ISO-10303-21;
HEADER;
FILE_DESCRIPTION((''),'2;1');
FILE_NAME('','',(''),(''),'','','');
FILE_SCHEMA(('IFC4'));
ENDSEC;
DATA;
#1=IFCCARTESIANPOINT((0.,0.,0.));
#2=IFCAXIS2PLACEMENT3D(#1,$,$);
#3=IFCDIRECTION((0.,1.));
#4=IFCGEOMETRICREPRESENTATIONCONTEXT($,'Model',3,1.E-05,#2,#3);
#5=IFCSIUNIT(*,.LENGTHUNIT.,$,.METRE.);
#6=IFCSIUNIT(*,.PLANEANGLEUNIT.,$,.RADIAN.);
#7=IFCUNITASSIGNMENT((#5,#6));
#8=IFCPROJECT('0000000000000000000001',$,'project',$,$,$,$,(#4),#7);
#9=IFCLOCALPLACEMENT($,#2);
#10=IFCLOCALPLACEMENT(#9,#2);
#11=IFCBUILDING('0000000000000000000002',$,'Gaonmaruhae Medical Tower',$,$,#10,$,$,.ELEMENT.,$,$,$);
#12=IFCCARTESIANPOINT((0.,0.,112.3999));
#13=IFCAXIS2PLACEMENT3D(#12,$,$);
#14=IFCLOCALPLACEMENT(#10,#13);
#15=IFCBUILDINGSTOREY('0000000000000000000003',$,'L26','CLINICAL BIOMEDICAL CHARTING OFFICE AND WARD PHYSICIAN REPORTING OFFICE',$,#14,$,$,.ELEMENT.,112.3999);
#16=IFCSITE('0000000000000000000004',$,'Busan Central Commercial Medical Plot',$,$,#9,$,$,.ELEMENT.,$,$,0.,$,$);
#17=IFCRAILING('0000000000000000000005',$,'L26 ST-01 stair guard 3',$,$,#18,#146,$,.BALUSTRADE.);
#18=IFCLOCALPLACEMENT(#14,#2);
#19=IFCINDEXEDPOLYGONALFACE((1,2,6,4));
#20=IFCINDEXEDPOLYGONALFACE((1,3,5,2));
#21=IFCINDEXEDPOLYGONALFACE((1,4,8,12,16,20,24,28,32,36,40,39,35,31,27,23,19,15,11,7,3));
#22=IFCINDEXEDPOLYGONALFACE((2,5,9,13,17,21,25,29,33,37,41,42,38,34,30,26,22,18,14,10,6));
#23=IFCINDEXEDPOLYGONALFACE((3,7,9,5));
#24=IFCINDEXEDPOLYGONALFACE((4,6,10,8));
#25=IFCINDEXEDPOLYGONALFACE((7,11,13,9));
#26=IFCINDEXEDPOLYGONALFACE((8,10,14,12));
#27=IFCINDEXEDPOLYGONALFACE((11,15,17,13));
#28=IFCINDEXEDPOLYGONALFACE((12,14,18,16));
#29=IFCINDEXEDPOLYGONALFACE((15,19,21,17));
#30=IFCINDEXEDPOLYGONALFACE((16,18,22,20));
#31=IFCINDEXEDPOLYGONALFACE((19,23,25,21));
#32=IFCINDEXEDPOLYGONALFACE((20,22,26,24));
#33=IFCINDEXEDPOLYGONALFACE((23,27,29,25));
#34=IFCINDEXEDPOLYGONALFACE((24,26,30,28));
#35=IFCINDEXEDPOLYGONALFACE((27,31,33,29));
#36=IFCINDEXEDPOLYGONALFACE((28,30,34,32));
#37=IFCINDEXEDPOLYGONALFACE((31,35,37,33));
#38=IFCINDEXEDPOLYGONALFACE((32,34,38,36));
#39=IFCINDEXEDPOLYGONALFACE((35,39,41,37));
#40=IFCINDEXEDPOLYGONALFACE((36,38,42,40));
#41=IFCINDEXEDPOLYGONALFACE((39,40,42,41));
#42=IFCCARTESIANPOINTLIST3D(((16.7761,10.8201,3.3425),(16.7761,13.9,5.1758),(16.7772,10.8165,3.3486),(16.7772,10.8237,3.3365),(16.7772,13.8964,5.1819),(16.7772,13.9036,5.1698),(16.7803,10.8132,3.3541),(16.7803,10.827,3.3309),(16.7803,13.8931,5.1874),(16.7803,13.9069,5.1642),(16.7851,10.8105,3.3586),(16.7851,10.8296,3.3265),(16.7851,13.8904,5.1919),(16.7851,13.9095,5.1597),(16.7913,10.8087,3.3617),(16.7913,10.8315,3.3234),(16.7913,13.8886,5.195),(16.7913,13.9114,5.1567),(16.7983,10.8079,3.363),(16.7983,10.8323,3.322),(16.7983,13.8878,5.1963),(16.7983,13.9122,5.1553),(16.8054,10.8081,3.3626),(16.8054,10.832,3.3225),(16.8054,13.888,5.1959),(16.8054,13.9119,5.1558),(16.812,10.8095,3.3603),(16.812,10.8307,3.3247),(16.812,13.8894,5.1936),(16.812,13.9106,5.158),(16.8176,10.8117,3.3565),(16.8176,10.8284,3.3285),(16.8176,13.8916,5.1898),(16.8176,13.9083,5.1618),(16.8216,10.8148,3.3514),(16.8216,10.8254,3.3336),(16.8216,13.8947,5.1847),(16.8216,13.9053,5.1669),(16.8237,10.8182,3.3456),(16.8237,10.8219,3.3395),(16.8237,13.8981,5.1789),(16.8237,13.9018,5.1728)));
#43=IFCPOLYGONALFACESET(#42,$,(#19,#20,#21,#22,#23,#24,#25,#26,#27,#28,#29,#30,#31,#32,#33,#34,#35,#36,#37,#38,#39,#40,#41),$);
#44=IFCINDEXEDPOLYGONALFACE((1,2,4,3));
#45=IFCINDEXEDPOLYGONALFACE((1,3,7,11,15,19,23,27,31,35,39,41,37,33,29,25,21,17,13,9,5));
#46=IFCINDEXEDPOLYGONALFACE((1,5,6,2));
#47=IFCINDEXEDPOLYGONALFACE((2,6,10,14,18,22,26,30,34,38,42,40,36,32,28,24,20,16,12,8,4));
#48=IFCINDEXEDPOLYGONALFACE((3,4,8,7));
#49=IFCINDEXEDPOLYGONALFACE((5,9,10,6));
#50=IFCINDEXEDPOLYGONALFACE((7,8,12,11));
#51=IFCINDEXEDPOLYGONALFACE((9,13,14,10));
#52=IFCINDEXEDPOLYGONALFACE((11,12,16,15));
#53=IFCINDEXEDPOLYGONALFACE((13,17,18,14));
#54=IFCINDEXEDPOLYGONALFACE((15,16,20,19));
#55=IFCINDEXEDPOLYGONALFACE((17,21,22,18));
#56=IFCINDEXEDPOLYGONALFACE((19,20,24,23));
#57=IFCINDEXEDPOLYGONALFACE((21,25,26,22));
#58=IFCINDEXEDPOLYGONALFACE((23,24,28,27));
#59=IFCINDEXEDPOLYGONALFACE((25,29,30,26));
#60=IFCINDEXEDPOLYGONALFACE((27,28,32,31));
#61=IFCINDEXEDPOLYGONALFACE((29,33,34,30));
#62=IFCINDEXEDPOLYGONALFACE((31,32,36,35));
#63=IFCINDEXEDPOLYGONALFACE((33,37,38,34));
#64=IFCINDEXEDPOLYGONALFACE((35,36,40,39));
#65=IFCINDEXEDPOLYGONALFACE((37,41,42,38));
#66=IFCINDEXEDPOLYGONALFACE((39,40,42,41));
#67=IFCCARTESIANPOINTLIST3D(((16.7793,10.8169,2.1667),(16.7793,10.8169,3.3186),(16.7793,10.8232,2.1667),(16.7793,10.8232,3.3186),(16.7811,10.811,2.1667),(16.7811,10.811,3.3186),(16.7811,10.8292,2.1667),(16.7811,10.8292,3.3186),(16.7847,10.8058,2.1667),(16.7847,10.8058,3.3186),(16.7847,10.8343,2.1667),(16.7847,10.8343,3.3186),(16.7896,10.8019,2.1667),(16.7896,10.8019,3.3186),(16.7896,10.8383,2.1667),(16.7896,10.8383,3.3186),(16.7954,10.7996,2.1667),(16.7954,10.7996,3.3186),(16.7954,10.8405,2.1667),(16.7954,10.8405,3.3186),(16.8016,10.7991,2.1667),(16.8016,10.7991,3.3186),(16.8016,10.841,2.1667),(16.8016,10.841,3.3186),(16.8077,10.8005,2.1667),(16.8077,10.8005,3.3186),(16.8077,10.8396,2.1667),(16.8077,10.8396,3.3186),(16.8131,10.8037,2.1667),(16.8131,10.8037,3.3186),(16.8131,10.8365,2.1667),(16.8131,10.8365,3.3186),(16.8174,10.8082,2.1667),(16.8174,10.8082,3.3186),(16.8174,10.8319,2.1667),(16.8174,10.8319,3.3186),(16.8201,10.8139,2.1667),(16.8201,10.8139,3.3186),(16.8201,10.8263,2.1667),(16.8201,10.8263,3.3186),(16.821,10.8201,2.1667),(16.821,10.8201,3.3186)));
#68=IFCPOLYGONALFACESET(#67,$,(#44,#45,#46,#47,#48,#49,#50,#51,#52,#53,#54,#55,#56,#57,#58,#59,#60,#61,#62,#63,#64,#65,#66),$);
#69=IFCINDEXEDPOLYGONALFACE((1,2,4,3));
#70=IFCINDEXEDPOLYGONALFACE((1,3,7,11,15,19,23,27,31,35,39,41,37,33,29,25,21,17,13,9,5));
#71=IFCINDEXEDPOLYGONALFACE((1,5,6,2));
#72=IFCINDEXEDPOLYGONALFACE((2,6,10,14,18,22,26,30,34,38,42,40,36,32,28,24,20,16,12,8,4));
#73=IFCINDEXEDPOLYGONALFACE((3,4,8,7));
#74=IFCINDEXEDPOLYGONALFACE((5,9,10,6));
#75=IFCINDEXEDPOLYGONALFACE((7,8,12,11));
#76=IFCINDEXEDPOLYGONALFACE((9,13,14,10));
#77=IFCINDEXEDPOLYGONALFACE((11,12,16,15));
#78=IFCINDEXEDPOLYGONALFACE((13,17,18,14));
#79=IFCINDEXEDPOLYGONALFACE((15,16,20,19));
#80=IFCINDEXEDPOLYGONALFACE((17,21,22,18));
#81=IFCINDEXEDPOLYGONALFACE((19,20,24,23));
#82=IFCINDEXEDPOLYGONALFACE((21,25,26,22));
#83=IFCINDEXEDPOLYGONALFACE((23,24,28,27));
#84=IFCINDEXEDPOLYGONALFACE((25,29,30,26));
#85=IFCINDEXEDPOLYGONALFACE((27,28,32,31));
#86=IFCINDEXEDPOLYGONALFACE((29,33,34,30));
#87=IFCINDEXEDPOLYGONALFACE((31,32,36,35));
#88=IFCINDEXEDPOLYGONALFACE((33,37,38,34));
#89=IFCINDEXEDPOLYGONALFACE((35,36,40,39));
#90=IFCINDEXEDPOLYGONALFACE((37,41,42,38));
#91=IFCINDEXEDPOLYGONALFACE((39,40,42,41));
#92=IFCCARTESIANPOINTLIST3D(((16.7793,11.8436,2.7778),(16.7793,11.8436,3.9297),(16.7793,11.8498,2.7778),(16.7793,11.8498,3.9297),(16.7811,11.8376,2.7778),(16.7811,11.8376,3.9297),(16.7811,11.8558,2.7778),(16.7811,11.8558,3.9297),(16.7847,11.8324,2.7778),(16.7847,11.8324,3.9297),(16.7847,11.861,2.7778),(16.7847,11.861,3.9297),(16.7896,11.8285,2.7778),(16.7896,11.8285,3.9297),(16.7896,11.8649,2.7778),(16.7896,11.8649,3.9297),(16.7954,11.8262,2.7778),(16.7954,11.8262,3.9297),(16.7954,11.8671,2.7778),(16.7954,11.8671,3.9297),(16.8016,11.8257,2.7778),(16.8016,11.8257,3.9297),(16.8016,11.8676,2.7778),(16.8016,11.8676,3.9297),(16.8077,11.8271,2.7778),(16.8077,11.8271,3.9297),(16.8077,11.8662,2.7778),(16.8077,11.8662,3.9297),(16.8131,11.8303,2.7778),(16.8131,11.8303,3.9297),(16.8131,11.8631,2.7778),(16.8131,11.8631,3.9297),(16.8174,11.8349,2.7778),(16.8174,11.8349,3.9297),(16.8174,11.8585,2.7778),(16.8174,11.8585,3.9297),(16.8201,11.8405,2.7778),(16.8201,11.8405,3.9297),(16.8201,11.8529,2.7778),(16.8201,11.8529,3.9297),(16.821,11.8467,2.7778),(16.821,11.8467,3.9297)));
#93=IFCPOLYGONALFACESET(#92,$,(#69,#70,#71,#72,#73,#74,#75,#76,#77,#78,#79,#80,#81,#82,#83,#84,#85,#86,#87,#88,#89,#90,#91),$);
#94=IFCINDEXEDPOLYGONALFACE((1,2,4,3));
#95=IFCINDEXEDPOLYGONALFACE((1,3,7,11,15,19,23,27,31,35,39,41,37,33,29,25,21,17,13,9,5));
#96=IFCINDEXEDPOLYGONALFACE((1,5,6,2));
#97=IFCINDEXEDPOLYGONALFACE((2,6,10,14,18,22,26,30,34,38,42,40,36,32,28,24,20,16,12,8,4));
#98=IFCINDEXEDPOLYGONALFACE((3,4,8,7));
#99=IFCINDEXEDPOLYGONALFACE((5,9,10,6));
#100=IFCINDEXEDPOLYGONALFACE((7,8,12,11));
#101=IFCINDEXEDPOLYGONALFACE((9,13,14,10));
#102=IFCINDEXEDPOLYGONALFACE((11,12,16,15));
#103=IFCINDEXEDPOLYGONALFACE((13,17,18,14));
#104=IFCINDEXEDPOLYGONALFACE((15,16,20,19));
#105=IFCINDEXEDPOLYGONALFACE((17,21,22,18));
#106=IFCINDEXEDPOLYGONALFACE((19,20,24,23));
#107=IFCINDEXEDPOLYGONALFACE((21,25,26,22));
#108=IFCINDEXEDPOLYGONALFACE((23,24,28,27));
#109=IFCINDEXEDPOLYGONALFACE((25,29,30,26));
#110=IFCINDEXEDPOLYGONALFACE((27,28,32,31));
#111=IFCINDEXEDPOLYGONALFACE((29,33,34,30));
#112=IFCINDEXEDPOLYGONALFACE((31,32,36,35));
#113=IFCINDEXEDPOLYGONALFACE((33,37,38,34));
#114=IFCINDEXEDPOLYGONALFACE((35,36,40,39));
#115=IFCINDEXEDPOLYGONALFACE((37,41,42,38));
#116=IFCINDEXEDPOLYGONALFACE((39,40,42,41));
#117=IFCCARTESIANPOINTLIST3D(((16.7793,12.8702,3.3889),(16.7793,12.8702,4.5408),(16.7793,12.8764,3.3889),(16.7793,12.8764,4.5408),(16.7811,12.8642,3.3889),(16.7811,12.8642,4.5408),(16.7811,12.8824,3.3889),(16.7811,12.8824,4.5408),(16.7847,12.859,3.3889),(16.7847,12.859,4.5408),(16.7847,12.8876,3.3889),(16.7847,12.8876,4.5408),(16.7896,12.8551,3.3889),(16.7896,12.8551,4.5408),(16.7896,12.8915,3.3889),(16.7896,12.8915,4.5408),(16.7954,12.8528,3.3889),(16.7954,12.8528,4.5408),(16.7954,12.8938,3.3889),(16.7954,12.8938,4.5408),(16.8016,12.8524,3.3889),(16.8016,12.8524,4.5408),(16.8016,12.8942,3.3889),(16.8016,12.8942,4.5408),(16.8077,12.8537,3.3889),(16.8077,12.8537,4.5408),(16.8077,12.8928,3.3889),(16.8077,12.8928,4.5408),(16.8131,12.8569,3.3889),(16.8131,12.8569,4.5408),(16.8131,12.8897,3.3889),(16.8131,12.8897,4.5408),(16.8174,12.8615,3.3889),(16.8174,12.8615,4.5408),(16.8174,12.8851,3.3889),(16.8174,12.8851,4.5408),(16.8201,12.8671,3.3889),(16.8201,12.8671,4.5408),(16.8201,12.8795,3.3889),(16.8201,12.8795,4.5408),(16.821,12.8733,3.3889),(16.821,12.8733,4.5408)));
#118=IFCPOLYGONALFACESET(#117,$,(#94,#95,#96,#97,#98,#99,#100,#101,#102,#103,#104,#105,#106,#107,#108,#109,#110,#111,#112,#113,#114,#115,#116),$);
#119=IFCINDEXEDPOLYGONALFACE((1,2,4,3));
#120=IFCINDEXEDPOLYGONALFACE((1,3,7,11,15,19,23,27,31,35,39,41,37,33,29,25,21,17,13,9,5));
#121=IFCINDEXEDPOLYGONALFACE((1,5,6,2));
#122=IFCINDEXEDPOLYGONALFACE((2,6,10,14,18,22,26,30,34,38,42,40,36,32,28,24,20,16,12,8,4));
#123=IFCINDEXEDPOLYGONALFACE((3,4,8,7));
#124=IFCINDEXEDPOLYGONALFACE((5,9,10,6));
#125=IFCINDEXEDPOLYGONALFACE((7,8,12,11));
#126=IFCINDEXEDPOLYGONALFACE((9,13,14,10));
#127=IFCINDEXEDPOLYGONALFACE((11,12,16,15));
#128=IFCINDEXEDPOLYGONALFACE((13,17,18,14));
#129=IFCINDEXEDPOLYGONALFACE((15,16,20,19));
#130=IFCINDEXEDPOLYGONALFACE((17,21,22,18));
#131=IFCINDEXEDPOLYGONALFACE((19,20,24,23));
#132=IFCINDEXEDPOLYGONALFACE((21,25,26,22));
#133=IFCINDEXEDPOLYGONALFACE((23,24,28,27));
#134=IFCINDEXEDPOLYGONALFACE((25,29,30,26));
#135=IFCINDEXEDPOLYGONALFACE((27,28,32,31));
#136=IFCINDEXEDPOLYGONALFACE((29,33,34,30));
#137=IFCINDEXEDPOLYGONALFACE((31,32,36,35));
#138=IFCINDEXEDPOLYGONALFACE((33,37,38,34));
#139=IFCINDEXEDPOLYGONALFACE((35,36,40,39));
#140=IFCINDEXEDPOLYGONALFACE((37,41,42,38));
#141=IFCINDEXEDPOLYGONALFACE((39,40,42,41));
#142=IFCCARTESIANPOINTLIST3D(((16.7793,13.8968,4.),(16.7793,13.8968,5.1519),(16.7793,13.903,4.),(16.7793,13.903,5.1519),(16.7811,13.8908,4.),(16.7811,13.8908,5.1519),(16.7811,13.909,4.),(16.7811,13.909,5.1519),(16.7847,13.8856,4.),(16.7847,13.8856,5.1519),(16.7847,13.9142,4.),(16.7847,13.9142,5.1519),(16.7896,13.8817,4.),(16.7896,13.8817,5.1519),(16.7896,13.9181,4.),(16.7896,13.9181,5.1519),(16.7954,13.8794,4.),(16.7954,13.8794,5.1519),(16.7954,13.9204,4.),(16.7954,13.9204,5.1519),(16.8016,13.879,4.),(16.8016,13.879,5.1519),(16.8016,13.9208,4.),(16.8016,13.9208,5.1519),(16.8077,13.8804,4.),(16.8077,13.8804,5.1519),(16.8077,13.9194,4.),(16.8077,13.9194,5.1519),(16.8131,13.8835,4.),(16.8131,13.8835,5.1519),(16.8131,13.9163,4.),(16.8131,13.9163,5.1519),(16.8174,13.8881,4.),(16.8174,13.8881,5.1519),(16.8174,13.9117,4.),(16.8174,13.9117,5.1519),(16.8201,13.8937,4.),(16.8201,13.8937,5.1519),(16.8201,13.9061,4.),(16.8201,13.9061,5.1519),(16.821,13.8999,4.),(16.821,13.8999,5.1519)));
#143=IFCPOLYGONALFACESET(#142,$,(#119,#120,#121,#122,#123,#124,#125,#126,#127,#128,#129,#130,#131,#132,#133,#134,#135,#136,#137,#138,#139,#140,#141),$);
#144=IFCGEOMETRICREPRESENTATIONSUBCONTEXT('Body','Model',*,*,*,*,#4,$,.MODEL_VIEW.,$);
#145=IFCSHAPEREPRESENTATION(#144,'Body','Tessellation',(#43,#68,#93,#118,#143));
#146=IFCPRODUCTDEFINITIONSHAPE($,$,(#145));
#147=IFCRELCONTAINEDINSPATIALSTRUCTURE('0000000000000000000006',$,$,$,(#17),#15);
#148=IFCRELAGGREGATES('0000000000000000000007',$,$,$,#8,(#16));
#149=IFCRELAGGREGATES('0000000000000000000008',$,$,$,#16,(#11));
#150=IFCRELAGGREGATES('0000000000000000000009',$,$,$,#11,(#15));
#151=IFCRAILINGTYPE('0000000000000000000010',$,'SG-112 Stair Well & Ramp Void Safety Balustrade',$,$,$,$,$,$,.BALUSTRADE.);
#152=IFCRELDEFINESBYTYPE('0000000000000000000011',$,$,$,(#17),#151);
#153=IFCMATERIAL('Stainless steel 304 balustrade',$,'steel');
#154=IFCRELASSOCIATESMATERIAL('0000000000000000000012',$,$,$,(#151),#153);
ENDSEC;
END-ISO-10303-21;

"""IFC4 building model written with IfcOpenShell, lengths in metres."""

from ifc_helpers import new_model, si_unit, direction, frame, origin, origin_2d, place, context, subcontext, project, spatial, circle, extrude, material, type_object, element, save


model = new_model("IFC4")

# Units and contexts
model_context = context("Model", 3, precision=1e-05, world=origin(), true_north=direction((0.0, 1.0)))
body_context = subcontext(model_context, "Body", "Model", "MODEL_VIEW")
ifc_project = project(units=[si_unit("LENGTHUNIT", "METRE"), si_unit("PLANEANGLEUNIT", "RADIAN")], contexts=[model_context])

# Site, building, storey
site_placement = place(None, origin())
site = spatial("IfcSite", under=ifc_project, at=site_placement, Name="Busan Central Commercial Medical Plot", CompositionType="ELEMENT", RefElevation=0.0)
building_placement = place(site_placement, origin())
building = spatial("IfcBuilding", under=site, at=building_placement, Name="Gaonmaruhae Medical Tower", CompositionType="ELEMENT")
storey_placement = place(building_placement, frame((0.0, 0.0, 112.3999)))
storey = spatial("IfcBuildingStorey", under=building, at=storey_placement, Name="L26", Description="CLINICAL BIOMEDICAL CHARTING OFFICE AND WARD PHYSICIAN REPORTING OFFICE", CompositionType="ELEMENT", Elevation=112.3999)

# Railing
ifc_material_1 = material(Name="Stainless steel 304 balustrade", Category="steel")
railing_type_1 = type_object("IfcRailingType", Name="SG-112 Stair Well & Ramp Void Safety Balustrade", PredefinedType="BALUSTRADE", material=ifc_material_1)
railing_1_placement = place(storey_placement, frame((16.8, 10.8201, 2.1667)))
element("IfcRailing", 1, at=railing_1_placement, inside=storey, type_object=railing_type_1, Name="L26 ST-01 stair guard 3", PredefinedType="BALUSTRADE", context=body_context, shape_type="SweptSolid", body=[
    extrude(circle(Radius=0.0239, at=origin_2d()), frame((0.0, 0.0, 1.1758), z_axis=(0.0, 0.859291, 0.511487), x_axis=(-1.0, 0.0, 0.0)), (0.0, 0.0, 1.0), 3.5842),
    extrude(circle(Radius=0.021, at=origin_2d()), origin(), (0.0, 0.0, 1.0), 1.1519),
    extrude(circle(Radius=0.021, at=origin_2d()), frame((0.0, 1.0266, 0.6111)), (0.0, 0.0, 1.0), 1.1519),
    extrude(circle(Radius=0.021, at=origin_2d()), frame((0.0, 2.0532, 1.2222)), (0.0, 0.0, 1.0), 1.1519),
    extrude(circle(Radius=0.021, at=origin_2d()), frame((0.0, 3.0798, 1.8333)), (0.0, 0.0, 1.0), 1.1519),
])

save(model, "model.ifc")
